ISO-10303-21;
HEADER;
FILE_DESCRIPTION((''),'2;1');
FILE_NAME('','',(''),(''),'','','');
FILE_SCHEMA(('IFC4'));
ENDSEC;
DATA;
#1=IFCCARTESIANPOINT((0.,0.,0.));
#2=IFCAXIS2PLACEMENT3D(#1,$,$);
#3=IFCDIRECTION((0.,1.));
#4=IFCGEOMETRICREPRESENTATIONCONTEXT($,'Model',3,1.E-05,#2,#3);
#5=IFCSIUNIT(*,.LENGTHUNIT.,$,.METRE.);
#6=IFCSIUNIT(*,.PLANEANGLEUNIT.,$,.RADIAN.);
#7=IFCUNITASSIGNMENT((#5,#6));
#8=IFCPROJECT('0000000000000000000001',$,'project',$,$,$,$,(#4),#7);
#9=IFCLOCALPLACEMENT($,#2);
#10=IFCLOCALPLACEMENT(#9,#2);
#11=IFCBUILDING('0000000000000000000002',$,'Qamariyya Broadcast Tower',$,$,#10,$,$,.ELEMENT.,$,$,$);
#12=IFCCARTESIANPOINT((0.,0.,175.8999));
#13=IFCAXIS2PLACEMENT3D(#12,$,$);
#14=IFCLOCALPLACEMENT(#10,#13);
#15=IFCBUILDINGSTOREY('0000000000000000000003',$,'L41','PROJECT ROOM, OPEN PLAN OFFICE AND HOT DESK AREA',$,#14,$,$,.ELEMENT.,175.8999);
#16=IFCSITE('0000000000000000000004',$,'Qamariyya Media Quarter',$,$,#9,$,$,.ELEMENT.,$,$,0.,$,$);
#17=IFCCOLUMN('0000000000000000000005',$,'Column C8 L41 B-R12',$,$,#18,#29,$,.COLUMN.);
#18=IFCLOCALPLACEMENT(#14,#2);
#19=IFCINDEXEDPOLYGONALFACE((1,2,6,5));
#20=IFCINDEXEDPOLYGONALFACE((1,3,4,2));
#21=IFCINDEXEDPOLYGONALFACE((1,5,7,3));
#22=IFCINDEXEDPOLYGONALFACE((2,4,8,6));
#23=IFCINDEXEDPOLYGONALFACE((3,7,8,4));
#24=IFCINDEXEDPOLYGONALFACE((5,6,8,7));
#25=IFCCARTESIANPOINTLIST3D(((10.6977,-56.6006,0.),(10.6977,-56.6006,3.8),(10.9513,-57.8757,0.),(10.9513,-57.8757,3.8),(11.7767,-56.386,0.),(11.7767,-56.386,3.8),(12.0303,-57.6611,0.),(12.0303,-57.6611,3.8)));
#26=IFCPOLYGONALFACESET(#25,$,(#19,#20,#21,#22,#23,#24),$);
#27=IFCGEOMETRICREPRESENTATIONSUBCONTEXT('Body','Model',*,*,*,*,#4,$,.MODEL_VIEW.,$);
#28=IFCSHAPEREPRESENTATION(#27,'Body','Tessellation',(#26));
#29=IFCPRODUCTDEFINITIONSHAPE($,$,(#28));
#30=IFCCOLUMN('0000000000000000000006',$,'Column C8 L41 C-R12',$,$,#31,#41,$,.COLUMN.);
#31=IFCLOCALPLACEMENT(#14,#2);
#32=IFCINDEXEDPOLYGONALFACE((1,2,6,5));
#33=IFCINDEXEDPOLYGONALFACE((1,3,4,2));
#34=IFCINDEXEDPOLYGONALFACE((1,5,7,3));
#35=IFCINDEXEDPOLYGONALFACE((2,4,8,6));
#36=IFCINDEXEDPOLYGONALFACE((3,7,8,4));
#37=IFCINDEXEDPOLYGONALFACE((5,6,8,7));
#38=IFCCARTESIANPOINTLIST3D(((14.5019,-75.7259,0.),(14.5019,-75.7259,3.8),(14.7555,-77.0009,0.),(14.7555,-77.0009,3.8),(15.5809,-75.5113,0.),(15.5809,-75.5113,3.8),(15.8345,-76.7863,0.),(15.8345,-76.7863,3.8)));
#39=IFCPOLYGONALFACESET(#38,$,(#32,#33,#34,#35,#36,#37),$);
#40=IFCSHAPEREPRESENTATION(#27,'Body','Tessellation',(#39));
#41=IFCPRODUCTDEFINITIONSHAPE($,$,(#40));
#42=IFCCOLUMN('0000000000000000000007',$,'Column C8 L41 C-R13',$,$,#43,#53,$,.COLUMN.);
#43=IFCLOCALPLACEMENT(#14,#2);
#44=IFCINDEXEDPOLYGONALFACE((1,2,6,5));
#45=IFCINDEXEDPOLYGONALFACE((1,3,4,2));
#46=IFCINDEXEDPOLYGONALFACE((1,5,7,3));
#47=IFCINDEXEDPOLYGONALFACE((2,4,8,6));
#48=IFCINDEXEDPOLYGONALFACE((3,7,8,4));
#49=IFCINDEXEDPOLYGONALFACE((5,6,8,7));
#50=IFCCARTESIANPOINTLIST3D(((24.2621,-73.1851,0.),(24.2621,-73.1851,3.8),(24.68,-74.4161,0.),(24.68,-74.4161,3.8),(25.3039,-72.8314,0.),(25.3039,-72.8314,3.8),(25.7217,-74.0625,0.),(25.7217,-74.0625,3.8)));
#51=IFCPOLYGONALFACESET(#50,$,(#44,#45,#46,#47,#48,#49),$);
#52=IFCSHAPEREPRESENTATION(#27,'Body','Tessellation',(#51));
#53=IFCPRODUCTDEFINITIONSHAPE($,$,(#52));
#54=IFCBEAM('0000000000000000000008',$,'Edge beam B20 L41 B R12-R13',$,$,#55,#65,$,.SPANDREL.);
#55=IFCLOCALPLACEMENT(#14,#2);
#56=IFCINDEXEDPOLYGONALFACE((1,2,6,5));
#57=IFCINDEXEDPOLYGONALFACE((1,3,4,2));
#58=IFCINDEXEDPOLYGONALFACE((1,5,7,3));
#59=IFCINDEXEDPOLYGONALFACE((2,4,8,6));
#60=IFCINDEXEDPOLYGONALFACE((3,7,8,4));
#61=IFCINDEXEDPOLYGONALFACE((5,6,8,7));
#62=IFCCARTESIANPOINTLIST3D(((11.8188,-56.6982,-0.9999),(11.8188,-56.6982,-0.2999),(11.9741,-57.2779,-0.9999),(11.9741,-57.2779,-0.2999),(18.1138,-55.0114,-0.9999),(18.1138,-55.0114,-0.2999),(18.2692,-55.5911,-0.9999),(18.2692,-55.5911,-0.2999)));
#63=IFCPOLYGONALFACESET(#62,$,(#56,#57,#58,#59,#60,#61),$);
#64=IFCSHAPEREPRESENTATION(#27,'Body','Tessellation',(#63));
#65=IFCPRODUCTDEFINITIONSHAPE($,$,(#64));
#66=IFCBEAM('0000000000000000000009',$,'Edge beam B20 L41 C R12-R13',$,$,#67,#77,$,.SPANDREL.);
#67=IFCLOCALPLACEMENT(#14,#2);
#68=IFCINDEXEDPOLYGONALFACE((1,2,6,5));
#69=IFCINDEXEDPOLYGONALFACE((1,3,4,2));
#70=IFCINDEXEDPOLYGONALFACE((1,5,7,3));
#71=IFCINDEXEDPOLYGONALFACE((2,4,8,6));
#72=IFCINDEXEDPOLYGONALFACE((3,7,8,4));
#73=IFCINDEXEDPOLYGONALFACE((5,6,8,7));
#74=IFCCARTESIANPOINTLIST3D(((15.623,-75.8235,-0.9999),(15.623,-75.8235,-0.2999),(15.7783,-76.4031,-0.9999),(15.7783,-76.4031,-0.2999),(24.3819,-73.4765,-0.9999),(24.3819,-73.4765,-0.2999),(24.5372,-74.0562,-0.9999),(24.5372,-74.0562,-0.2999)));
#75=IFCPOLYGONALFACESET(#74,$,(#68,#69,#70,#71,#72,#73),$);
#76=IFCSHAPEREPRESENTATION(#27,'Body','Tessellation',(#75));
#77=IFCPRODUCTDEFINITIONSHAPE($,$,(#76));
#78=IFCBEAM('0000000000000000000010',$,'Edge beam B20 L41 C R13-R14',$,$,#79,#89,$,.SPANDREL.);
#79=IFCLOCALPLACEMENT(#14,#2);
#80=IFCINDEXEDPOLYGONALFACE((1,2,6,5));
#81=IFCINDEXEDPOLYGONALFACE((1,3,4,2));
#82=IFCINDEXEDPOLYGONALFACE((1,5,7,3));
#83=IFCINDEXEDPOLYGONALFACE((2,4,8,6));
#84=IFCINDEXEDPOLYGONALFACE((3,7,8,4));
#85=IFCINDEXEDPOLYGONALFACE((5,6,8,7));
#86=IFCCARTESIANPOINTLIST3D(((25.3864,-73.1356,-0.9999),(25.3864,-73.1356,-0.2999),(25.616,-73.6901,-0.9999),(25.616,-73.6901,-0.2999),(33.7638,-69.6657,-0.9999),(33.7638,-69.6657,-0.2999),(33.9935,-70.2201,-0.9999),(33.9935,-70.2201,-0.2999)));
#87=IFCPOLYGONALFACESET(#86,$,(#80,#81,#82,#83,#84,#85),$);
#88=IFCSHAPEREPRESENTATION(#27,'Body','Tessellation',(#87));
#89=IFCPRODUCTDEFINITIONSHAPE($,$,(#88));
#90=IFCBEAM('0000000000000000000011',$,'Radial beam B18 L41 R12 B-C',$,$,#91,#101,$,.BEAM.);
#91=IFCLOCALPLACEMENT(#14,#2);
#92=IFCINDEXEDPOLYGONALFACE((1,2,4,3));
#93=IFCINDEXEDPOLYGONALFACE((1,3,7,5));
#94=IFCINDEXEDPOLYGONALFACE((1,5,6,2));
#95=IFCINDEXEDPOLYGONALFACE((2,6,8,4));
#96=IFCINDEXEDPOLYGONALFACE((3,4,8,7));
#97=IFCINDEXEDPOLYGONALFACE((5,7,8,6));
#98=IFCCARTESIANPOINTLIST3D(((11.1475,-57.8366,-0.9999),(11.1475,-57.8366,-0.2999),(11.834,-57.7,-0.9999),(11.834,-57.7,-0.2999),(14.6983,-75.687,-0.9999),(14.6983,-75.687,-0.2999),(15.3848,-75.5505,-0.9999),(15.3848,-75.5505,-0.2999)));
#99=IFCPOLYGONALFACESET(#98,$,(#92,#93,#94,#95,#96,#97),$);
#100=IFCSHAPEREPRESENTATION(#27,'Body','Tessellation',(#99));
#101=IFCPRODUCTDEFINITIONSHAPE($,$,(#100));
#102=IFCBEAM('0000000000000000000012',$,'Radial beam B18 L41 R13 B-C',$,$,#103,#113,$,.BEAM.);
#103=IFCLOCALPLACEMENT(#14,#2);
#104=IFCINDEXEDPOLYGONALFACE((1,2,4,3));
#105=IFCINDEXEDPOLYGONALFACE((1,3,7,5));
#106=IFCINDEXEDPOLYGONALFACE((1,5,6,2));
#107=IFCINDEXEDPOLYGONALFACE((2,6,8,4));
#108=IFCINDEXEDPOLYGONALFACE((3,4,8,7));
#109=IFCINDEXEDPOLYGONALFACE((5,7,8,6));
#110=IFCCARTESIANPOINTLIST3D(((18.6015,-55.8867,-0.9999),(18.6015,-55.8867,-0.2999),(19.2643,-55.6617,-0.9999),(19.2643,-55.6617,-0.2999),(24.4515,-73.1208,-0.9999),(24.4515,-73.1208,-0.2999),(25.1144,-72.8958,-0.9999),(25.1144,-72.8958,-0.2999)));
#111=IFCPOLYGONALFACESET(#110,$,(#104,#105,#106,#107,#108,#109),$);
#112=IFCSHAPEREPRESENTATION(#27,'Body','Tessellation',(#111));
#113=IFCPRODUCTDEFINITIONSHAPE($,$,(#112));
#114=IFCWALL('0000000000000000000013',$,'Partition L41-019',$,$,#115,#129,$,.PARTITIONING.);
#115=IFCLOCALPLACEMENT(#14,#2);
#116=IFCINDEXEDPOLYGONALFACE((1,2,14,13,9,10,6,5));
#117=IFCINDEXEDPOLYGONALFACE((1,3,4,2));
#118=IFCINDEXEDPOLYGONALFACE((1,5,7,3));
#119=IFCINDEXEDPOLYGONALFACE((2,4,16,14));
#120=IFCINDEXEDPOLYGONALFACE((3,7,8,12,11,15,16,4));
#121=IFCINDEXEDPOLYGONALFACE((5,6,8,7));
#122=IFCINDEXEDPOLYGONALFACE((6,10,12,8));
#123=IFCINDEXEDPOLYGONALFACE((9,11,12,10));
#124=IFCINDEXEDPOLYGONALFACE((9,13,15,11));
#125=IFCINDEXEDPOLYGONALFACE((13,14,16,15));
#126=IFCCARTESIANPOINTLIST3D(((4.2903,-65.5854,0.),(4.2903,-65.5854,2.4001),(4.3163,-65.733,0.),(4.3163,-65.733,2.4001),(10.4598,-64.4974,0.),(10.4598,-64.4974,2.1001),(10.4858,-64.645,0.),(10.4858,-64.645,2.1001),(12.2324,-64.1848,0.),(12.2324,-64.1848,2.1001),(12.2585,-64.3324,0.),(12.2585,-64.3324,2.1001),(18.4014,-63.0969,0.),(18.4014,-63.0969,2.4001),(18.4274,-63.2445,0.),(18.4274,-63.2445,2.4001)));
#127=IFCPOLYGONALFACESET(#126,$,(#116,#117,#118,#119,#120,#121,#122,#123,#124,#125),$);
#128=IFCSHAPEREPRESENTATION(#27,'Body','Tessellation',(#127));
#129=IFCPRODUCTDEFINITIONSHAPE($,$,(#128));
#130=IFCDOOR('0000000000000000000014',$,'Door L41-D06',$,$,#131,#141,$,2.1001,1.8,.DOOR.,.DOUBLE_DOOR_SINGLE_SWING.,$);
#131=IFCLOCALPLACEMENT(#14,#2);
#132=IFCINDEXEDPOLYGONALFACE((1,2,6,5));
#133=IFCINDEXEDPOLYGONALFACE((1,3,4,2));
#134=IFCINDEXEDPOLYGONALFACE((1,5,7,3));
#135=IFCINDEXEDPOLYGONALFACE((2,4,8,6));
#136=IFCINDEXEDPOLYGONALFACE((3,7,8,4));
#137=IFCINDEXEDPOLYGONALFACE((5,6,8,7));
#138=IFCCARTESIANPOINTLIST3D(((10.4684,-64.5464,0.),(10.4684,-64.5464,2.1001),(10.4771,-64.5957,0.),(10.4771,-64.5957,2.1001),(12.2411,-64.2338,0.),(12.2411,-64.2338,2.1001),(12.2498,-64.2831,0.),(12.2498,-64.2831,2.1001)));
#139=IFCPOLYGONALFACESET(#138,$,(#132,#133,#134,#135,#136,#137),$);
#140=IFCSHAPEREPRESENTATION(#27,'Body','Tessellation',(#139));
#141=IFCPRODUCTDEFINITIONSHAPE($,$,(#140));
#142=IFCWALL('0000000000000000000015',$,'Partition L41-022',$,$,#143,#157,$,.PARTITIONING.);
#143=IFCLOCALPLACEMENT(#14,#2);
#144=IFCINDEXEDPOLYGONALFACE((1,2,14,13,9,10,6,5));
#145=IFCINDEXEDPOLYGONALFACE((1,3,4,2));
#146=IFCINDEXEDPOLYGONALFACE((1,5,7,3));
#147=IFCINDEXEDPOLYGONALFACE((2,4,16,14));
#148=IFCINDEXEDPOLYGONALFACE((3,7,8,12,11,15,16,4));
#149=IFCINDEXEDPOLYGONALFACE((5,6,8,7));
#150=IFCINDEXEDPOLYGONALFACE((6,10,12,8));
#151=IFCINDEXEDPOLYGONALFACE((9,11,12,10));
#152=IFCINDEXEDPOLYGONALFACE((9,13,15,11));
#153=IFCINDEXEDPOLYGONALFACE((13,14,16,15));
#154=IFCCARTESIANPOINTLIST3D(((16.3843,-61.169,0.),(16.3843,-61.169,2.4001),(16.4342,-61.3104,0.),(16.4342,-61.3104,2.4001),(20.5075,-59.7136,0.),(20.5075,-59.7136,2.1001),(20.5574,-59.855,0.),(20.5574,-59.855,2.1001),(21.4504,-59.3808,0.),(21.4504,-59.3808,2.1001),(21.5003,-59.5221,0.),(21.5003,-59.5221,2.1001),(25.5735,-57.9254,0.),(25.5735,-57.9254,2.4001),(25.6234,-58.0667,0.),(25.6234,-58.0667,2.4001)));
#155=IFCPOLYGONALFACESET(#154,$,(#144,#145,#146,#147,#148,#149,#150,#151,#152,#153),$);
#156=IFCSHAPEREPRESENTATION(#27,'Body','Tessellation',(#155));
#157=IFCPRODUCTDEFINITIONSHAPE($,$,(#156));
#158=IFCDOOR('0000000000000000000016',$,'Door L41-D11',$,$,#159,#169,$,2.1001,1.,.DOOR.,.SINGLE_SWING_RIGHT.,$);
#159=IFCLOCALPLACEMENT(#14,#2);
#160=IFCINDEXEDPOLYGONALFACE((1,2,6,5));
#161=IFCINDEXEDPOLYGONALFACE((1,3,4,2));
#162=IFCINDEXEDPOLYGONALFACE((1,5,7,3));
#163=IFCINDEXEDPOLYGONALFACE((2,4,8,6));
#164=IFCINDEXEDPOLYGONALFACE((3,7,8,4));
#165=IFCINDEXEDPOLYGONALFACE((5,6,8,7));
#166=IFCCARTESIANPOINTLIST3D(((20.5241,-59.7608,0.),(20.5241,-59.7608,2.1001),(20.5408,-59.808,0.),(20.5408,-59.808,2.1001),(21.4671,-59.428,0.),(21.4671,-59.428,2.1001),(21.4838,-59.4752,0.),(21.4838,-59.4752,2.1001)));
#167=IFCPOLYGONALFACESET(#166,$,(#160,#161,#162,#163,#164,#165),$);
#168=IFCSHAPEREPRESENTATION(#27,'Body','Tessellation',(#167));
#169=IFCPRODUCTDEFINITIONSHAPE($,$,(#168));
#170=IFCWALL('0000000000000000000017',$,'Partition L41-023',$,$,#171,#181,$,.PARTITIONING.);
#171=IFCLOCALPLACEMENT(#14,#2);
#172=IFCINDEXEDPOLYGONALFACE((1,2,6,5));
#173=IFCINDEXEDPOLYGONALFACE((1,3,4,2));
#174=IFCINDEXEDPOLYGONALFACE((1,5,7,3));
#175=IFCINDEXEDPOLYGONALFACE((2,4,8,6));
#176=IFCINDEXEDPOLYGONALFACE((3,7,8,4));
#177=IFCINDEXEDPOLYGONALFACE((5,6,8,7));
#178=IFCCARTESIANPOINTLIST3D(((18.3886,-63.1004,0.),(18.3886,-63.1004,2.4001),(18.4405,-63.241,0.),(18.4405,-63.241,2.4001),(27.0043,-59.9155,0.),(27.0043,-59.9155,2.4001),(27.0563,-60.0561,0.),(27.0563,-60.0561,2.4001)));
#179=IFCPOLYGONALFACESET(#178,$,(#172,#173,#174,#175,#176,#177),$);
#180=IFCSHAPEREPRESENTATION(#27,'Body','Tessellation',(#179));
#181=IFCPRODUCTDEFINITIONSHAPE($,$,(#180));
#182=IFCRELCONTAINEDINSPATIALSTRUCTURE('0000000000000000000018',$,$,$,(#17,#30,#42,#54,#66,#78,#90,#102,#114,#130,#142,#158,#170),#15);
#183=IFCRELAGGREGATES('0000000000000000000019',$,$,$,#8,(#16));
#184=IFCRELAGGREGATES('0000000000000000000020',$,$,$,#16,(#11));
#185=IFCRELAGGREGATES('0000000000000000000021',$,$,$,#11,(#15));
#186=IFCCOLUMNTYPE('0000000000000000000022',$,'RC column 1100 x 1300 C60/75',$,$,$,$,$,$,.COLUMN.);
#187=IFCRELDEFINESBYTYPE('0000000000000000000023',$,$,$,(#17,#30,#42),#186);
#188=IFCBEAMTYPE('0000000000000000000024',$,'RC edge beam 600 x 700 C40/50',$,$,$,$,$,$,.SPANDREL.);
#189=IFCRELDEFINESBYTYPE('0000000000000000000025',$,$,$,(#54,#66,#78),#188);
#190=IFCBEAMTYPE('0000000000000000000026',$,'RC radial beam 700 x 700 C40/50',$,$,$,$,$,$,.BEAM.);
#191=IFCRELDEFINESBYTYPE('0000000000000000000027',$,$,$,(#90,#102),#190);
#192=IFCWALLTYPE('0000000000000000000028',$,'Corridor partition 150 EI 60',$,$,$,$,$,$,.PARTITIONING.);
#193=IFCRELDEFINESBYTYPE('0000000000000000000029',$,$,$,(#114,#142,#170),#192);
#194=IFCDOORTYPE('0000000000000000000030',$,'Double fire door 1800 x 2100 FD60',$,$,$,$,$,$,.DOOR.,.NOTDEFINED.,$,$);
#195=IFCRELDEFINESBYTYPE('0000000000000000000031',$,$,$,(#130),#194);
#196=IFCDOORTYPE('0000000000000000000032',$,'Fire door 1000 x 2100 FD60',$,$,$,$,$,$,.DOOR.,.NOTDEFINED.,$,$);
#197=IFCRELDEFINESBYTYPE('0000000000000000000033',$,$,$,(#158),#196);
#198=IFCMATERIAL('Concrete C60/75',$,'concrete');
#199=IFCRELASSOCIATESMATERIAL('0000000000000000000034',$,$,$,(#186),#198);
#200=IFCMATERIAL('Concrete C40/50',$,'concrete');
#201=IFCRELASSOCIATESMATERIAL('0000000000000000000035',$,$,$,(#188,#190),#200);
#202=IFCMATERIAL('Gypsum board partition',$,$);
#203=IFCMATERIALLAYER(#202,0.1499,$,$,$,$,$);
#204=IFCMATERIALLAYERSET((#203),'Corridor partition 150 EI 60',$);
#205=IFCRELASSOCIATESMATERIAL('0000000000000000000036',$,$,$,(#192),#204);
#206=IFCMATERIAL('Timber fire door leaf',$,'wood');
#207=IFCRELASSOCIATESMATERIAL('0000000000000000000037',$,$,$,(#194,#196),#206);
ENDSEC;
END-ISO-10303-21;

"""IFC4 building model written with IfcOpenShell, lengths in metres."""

from ifc_helpers import new_model, si_unit, direction, frame, frame_2d, origin, origin_2d, place, context, subcontext, project, spatial, rectangle, extrude, material, layer, layer_set, material_profile, profile_set, type_object, element, fill, save


model = new_model("IFC4")

# Units and contexts
model_context = context("Model", 3, precision=1e-05, world=origin(), true_north=direction((0.0, 1.0)))
body_context = subcontext(model_context, "Body", "Model", "MODEL_VIEW")
ifc_project = project(units=[si_unit("LENGTHUNIT", "METRE"), si_unit("PLANEANGLEUNIT", "RADIAN")], contexts=[model_context])

# Site, building, storey
site_placement = place(None, origin())
site = spatial("IfcSite", under=ifc_project, at=site_placement, Name="Qamariyya Media Quarter", CompositionType="ELEMENT", RefElevation=0.0)
building_placement = place(site_placement, origin())
building = spatial("IfcBuilding", under=site, at=building_placement, Name="Qamariyya Broadcast Tower", CompositionType="ELEMENT")
storey_placement = place(building_placement, frame((0.0, 0.0, 175.8999)))
storey = spatial("IfcBuildingStorey", under=building, at=storey_placement, Name="L41", Description="PROJECT ROOM, OPEN PLAN OFFICE AND HOT DESK AREA", CompositionType="ELEMENT", Elevation=175.8999)

# Columns
ifc_material_1 = material(Name="Concrete C60/75", Category="concrete")
ifc_material_profile_1 = material_profile(ifc_material_1, rectangle(XDim=1.1001, YDim=1.3, at=origin_2d()))
ifc_profile_set_1 = profile_set([ifc_material_profile_1], Name="Concrete C60/75")
column_type = type_object("IfcColumnType", Name="RC column 1100 x 1300 C60/75", PredefinedType="COLUMN", material=ifc_profile_set_1)
for number, where, z_axis, x_axis, name in (
    (1, (11.364, -57.1309, 0.0), (0.0, 0.0, 1.0), (0.980785, 0.19509, 0.0), "Column C8 L41 B-R12"),
    (2, (15.1682, -76.2561, 0.0), (0.0, 0.0, 1.0), (0.980785, 0.19509, 0.0), "Column C8 L41 C-R12"),
    (3, (24.9919, -73.6238, 0.0), (0.0, 0.0, 1.0), (0.94693, 0.321439, 0.0), "Column C8 L41 C-R13"),
):
    element("IfcColumn", number, at=place(storey_placement, frame(where, z_axis=z_axis, x_axis=x_axis)), inside=storey, type_object=column_type, Name=name, PredefinedType="COLUMN", context=body_context, shape_type="SweptSolid", body=[
        extrude(rectangle(XDim=1.1001, YDim=1.3, at=origin_2d()), origin(), (0.0, 0.0, 1.0), 3.8),
    ])

# Beams
ifc_material_2 = material(Name="Concrete C40/50", Category="concrete")
ifc_material_profile_2 = material_profile(ifc_material_2, rectangle(XDim=0.6001, YDim=0.7, at=origin_2d()))
ifc_profile_set_2 = profile_set([ifc_material_profile_2], Name="Concrete C40/50")
beam_type_1 = type_object("IfcBeamType", Name="RC edge beam 600 x 700 C40/50", PredefinedType="SPANDREL", material=ifc_profile_set_2)
beam_1_placement = place(storey_placement, frame((11.8965, -56.988, -0.6499), z_axis=(0.965924, 0.258826, 0.0), x_axis=(-0.258826, 0.965924, 0.0)))
element("IfcBeam", 4, at=beam_1_placement, inside=storey, type_object=beam_type_1, Name="Edge beam B20 L41 B R12-R13", PredefinedType="SPANDREL", context=body_context, shape_type="SweptSolid", body=[
    extrude(rectangle(XDim=0.6001, YDim=0.7, at=origin_2d()), origin(), (0.0, 0.0, 1.0), 6.5171),
])
beam_2_placement = place(storey_placement, frame((15.7007, -76.1133, -0.6499), z_axis=(0.965925, 0.25882, 0.0), x_axis=(-0.25882, 0.965925, 0.0)))
element("IfcBeam", 5, at=beam_2_placement, inside=storey, type_object=beam_type_1, Name="Edge beam B20 L41 C R12-R13", PredefinedType="SPANDREL", context=body_context, shape_type="SweptSolid", body=[
    extrude(rectangle(XDim=0.6001, YDim=0.7, at=origin_2d()), origin(), (0.0, 0.0, 1.0), 9.0679),
])
beam_3_placement = place(storey_placement, frame((25.5012, -73.4128, -0.6499), z_axis=(0.923883, 0.382676, 0.0), x_axis=(-0.382676, 0.923883, 0.0)))
element("IfcBeam", 6, at=beam_3_placement, inside=storey, type_object=beam_type_1, Name="Edge beam B20 L41 C R13-R14", PredefinedType="SPANDREL", context=body_context, shape_type="SweptSolid", body=[
    extrude(rectangle(XDim=0.6001, YDim=0.7, at=origin_2d()), origin(), (0.0, 0.0, 1.0), 9.0676),
])
ifc_material_profile_3 = material_profile(ifc_material_2, rectangle(XDim=0.7, YDim=0.7, at=origin_2d()))
ifc_profile_set_3 = profile_set([ifc_material_profile_3], Name="Concrete C40/50")
beam_type_2 = type_object("IfcBeamType", Name="RC radial beam 700 x 700 C40/50", PredefinedType="BEAM", material=ifc_profile_set_3)
beam_4_placement = place(storey_placement, frame((11.4907, -57.7683, -0.6499), z_axis=(0.195097, -0.980784, 0.0), x_axis=(0.980784, 0.195097, 0.0)))
element("IfcBeam", 7, at=beam_4_placement, inside=storey, type_object=beam_type_2, Name="Radial beam B18 L41 R12 B-C", PredefinedType="BEAM", context=body_context, shape_type="SweptSolid", body=[
    extrude(rectangle(XDim=0.7, YDim=0.7, at=origin_2d()), origin(), (0.0, 0.0, 1.0), 18.2002),
])
beam_5_placement = place(storey_placement, frame((18.9329, -55.7742, -0.6499), z_axis=(0.321434, -0.946932, 0.0), x_axis=(0.946932, 0.321434, 0.0)))
element("IfcBeam", 8, at=beam_5_placement, inside=storey, type_object=beam_type_2, Name="Radial beam B18 L41 R13 B-C", PredefinedType="BEAM", context=body_context, shape_type="SweptSolid", body=[
    extrude(rectangle(XDim=0.7, YDim=0.7, at=origin_2d()), origin(), (0.0, 0.0, 1.0), 18.2),
])

# Walls, openings, doors
ifc_material_3 = material(Name="Gypsum board partition")
ifc_layer_1 = layer(ifc_material_3, 0.1499)
ifc_layer_set_1 = layer_set([ifc_layer_1], Name="Corridor partition 150 EI 60")
wall_type_1 = type_object("IfcWallType", Name="Corridor partition 150 EI 60", PredefinedType="PARTITIONING", material=ifc_layer_set_1)
wall_1_placement = place(storey_placement, frame((18.4146, -63.1707, 0.0), z_axis=(0.0, 0.0, 1.0), x_axis=(-0.984803, -0.173673, 0.0)))
wall_1 = element("IfcWall", 9, at=wall_1_placement, inside=storey, type_object=wall_type_1, Name="Partition L41-019", PredefinedType="PARTITIONING", context=body_context, shape_type="SweptSolid", body=[
    extrude(rectangle(XDim=14.3289, YDim=0.1499, at=frame_2d((7.1646, 0.0))), origin(), (0.0, 0.0, 1.0), 2.4001),
])
opening_1_placement = place(wall_1_placement, frame((6.2644, 0.0, 0.0)))
opening_1 = element("IfcOpeningElement", 10, at=opening_1_placement, cuts=wall_1, PredefinedType="OPENING", context=body_context, shape_type="SweptSolid", body=[
    extrude(rectangle(XDim=1.8, YDim=2.1001, at=frame_2d((0.8999, 1.05))), frame((0.0, 0.085, 0.0), z_axis=(0.0, -1.0, 0.0), x_axis=(1.0, 0.0, 0.0)), (0.0, 0.0, 1.0), 0.1699),
])
ifc_material_4 = material(Name="Timber fire door leaf", Category="wood")
door_type_1 = type_object("IfcDoorType", Name="Double fire door 1800 x 2100 FD60", OperationType="NOTDEFINED", PredefinedType="DOOR", material=ifc_material_4)
door_1_placement = place(opening_1_placement, origin())
door_1 = element("IfcDoor", 11, at=door_1_placement, inside=storey, type_object=door_type_1, Name="Door L41-D06", OperationType="DOUBLE_DOOR_SINGLE_SWING", OverallHeight=2.1001, OverallWidth=1.8, PredefinedType="DOOR", context=body_context, shape_type="SweptSolid", body=[
    extrude(rectangle(XDim=1.8, YDim=2.1001, at=frame_2d((0.8999, 1.05))), frame((0.0, 0.0249, 0.0), z_axis=(0.0, -1.0, 0.0), x_axis=(1.0, 0.0, 0.0)), (0.0, 0.0, 1.0), 0.05),
])
fill(opening_1, door_1)
wall_2_placement = place(storey_placement, frame((16.4092, -61.2397, 0.0), z_axis=(0.0, 0.0, 1.0), x_axis=(0.942977, 0.332857, 0.0)))
wall_2 = element("IfcWall", 12, at=wall_2_placement, inside=storey, type_object=wall_type_1, Name="Partition L41-022", PredefinedType="PARTITIONING", context=body_context, shape_type="SweptSolid", body=[
    extrude(rectangle(XDim=9.7449, YDim=0.1499, at=frame_2d((4.8726, 0.0))), origin(), (0.0, 0.0, 1.0), 2.4001),
])
opening_2_placement = place(wall_2_placement, frame((4.3726, 0.0, 0.0)))
opening_2 = element("IfcOpeningElement", 13, at=opening_2_placement, cuts=wall_2, PredefinedType="OPENING", context=body_context, shape_type="SweptSolid", body=[
    extrude(rectangle(XDim=1.0, YDim=2.1001, at=frame_2d((0.5, 1.05))), frame((0.0, 0.085, 0.0), z_axis=(0.0, -1.0, 0.0), x_axis=(1.0, 0.0, 0.0)), (0.0, 0.0, 1.0), 0.1699),
])
door_type_2 = type_object("IfcDoorType", Name="Fire door 1000 x 2100 FD60", OperationType="NOTDEFINED", PredefinedType="DOOR", material=ifc_material_4)
door_2_placement = place(opening_2_placement, origin())
door_2 = element("IfcDoor", 14, at=door_2_placement, inside=storey, type_object=door_type_2, Name="Door L41-D11", OperationType="SINGLE_SWING_RIGHT", OverallHeight=2.1001, OverallWidth=1.0, PredefinedType="DOOR", context=body_context, shape_type="SweptSolid", body=[
    extrude(rectangle(XDim=1.0, YDim=2.1001, at=frame_2d((0.5, 1.05))), frame((0.0, 0.0249, 0.0), z_axis=(0.0, -1.0, 0.0), x_axis=(1.0, 0.0, 0.0)), (0.0, 0.0, 1.0), 0.05),
])
fill(opening_2, door_2)

# Wall
wall_3_placement = place(storey_placement, frame((18.4146, -63.1707, 0.0), z_axis=(0.0, 0.0, 1.0), x_axis=(0.937968, 0.346721, 0.0)))
element("IfcWall", 15, at=wall_3_placement, inside=storey, type_object=wall_type_1, Name="Partition L41-023", PredefinedType="PARTITIONING", context=body_context, shape_type="SweptSolid", body=[
    extrude(rectangle(XDim=9.1855, YDim=0.1499, at=frame_2d((4.5928, 0.0))), origin(), (0.0, 0.0, 1.0), 2.4001),
])

save(model, "model.ifc")
